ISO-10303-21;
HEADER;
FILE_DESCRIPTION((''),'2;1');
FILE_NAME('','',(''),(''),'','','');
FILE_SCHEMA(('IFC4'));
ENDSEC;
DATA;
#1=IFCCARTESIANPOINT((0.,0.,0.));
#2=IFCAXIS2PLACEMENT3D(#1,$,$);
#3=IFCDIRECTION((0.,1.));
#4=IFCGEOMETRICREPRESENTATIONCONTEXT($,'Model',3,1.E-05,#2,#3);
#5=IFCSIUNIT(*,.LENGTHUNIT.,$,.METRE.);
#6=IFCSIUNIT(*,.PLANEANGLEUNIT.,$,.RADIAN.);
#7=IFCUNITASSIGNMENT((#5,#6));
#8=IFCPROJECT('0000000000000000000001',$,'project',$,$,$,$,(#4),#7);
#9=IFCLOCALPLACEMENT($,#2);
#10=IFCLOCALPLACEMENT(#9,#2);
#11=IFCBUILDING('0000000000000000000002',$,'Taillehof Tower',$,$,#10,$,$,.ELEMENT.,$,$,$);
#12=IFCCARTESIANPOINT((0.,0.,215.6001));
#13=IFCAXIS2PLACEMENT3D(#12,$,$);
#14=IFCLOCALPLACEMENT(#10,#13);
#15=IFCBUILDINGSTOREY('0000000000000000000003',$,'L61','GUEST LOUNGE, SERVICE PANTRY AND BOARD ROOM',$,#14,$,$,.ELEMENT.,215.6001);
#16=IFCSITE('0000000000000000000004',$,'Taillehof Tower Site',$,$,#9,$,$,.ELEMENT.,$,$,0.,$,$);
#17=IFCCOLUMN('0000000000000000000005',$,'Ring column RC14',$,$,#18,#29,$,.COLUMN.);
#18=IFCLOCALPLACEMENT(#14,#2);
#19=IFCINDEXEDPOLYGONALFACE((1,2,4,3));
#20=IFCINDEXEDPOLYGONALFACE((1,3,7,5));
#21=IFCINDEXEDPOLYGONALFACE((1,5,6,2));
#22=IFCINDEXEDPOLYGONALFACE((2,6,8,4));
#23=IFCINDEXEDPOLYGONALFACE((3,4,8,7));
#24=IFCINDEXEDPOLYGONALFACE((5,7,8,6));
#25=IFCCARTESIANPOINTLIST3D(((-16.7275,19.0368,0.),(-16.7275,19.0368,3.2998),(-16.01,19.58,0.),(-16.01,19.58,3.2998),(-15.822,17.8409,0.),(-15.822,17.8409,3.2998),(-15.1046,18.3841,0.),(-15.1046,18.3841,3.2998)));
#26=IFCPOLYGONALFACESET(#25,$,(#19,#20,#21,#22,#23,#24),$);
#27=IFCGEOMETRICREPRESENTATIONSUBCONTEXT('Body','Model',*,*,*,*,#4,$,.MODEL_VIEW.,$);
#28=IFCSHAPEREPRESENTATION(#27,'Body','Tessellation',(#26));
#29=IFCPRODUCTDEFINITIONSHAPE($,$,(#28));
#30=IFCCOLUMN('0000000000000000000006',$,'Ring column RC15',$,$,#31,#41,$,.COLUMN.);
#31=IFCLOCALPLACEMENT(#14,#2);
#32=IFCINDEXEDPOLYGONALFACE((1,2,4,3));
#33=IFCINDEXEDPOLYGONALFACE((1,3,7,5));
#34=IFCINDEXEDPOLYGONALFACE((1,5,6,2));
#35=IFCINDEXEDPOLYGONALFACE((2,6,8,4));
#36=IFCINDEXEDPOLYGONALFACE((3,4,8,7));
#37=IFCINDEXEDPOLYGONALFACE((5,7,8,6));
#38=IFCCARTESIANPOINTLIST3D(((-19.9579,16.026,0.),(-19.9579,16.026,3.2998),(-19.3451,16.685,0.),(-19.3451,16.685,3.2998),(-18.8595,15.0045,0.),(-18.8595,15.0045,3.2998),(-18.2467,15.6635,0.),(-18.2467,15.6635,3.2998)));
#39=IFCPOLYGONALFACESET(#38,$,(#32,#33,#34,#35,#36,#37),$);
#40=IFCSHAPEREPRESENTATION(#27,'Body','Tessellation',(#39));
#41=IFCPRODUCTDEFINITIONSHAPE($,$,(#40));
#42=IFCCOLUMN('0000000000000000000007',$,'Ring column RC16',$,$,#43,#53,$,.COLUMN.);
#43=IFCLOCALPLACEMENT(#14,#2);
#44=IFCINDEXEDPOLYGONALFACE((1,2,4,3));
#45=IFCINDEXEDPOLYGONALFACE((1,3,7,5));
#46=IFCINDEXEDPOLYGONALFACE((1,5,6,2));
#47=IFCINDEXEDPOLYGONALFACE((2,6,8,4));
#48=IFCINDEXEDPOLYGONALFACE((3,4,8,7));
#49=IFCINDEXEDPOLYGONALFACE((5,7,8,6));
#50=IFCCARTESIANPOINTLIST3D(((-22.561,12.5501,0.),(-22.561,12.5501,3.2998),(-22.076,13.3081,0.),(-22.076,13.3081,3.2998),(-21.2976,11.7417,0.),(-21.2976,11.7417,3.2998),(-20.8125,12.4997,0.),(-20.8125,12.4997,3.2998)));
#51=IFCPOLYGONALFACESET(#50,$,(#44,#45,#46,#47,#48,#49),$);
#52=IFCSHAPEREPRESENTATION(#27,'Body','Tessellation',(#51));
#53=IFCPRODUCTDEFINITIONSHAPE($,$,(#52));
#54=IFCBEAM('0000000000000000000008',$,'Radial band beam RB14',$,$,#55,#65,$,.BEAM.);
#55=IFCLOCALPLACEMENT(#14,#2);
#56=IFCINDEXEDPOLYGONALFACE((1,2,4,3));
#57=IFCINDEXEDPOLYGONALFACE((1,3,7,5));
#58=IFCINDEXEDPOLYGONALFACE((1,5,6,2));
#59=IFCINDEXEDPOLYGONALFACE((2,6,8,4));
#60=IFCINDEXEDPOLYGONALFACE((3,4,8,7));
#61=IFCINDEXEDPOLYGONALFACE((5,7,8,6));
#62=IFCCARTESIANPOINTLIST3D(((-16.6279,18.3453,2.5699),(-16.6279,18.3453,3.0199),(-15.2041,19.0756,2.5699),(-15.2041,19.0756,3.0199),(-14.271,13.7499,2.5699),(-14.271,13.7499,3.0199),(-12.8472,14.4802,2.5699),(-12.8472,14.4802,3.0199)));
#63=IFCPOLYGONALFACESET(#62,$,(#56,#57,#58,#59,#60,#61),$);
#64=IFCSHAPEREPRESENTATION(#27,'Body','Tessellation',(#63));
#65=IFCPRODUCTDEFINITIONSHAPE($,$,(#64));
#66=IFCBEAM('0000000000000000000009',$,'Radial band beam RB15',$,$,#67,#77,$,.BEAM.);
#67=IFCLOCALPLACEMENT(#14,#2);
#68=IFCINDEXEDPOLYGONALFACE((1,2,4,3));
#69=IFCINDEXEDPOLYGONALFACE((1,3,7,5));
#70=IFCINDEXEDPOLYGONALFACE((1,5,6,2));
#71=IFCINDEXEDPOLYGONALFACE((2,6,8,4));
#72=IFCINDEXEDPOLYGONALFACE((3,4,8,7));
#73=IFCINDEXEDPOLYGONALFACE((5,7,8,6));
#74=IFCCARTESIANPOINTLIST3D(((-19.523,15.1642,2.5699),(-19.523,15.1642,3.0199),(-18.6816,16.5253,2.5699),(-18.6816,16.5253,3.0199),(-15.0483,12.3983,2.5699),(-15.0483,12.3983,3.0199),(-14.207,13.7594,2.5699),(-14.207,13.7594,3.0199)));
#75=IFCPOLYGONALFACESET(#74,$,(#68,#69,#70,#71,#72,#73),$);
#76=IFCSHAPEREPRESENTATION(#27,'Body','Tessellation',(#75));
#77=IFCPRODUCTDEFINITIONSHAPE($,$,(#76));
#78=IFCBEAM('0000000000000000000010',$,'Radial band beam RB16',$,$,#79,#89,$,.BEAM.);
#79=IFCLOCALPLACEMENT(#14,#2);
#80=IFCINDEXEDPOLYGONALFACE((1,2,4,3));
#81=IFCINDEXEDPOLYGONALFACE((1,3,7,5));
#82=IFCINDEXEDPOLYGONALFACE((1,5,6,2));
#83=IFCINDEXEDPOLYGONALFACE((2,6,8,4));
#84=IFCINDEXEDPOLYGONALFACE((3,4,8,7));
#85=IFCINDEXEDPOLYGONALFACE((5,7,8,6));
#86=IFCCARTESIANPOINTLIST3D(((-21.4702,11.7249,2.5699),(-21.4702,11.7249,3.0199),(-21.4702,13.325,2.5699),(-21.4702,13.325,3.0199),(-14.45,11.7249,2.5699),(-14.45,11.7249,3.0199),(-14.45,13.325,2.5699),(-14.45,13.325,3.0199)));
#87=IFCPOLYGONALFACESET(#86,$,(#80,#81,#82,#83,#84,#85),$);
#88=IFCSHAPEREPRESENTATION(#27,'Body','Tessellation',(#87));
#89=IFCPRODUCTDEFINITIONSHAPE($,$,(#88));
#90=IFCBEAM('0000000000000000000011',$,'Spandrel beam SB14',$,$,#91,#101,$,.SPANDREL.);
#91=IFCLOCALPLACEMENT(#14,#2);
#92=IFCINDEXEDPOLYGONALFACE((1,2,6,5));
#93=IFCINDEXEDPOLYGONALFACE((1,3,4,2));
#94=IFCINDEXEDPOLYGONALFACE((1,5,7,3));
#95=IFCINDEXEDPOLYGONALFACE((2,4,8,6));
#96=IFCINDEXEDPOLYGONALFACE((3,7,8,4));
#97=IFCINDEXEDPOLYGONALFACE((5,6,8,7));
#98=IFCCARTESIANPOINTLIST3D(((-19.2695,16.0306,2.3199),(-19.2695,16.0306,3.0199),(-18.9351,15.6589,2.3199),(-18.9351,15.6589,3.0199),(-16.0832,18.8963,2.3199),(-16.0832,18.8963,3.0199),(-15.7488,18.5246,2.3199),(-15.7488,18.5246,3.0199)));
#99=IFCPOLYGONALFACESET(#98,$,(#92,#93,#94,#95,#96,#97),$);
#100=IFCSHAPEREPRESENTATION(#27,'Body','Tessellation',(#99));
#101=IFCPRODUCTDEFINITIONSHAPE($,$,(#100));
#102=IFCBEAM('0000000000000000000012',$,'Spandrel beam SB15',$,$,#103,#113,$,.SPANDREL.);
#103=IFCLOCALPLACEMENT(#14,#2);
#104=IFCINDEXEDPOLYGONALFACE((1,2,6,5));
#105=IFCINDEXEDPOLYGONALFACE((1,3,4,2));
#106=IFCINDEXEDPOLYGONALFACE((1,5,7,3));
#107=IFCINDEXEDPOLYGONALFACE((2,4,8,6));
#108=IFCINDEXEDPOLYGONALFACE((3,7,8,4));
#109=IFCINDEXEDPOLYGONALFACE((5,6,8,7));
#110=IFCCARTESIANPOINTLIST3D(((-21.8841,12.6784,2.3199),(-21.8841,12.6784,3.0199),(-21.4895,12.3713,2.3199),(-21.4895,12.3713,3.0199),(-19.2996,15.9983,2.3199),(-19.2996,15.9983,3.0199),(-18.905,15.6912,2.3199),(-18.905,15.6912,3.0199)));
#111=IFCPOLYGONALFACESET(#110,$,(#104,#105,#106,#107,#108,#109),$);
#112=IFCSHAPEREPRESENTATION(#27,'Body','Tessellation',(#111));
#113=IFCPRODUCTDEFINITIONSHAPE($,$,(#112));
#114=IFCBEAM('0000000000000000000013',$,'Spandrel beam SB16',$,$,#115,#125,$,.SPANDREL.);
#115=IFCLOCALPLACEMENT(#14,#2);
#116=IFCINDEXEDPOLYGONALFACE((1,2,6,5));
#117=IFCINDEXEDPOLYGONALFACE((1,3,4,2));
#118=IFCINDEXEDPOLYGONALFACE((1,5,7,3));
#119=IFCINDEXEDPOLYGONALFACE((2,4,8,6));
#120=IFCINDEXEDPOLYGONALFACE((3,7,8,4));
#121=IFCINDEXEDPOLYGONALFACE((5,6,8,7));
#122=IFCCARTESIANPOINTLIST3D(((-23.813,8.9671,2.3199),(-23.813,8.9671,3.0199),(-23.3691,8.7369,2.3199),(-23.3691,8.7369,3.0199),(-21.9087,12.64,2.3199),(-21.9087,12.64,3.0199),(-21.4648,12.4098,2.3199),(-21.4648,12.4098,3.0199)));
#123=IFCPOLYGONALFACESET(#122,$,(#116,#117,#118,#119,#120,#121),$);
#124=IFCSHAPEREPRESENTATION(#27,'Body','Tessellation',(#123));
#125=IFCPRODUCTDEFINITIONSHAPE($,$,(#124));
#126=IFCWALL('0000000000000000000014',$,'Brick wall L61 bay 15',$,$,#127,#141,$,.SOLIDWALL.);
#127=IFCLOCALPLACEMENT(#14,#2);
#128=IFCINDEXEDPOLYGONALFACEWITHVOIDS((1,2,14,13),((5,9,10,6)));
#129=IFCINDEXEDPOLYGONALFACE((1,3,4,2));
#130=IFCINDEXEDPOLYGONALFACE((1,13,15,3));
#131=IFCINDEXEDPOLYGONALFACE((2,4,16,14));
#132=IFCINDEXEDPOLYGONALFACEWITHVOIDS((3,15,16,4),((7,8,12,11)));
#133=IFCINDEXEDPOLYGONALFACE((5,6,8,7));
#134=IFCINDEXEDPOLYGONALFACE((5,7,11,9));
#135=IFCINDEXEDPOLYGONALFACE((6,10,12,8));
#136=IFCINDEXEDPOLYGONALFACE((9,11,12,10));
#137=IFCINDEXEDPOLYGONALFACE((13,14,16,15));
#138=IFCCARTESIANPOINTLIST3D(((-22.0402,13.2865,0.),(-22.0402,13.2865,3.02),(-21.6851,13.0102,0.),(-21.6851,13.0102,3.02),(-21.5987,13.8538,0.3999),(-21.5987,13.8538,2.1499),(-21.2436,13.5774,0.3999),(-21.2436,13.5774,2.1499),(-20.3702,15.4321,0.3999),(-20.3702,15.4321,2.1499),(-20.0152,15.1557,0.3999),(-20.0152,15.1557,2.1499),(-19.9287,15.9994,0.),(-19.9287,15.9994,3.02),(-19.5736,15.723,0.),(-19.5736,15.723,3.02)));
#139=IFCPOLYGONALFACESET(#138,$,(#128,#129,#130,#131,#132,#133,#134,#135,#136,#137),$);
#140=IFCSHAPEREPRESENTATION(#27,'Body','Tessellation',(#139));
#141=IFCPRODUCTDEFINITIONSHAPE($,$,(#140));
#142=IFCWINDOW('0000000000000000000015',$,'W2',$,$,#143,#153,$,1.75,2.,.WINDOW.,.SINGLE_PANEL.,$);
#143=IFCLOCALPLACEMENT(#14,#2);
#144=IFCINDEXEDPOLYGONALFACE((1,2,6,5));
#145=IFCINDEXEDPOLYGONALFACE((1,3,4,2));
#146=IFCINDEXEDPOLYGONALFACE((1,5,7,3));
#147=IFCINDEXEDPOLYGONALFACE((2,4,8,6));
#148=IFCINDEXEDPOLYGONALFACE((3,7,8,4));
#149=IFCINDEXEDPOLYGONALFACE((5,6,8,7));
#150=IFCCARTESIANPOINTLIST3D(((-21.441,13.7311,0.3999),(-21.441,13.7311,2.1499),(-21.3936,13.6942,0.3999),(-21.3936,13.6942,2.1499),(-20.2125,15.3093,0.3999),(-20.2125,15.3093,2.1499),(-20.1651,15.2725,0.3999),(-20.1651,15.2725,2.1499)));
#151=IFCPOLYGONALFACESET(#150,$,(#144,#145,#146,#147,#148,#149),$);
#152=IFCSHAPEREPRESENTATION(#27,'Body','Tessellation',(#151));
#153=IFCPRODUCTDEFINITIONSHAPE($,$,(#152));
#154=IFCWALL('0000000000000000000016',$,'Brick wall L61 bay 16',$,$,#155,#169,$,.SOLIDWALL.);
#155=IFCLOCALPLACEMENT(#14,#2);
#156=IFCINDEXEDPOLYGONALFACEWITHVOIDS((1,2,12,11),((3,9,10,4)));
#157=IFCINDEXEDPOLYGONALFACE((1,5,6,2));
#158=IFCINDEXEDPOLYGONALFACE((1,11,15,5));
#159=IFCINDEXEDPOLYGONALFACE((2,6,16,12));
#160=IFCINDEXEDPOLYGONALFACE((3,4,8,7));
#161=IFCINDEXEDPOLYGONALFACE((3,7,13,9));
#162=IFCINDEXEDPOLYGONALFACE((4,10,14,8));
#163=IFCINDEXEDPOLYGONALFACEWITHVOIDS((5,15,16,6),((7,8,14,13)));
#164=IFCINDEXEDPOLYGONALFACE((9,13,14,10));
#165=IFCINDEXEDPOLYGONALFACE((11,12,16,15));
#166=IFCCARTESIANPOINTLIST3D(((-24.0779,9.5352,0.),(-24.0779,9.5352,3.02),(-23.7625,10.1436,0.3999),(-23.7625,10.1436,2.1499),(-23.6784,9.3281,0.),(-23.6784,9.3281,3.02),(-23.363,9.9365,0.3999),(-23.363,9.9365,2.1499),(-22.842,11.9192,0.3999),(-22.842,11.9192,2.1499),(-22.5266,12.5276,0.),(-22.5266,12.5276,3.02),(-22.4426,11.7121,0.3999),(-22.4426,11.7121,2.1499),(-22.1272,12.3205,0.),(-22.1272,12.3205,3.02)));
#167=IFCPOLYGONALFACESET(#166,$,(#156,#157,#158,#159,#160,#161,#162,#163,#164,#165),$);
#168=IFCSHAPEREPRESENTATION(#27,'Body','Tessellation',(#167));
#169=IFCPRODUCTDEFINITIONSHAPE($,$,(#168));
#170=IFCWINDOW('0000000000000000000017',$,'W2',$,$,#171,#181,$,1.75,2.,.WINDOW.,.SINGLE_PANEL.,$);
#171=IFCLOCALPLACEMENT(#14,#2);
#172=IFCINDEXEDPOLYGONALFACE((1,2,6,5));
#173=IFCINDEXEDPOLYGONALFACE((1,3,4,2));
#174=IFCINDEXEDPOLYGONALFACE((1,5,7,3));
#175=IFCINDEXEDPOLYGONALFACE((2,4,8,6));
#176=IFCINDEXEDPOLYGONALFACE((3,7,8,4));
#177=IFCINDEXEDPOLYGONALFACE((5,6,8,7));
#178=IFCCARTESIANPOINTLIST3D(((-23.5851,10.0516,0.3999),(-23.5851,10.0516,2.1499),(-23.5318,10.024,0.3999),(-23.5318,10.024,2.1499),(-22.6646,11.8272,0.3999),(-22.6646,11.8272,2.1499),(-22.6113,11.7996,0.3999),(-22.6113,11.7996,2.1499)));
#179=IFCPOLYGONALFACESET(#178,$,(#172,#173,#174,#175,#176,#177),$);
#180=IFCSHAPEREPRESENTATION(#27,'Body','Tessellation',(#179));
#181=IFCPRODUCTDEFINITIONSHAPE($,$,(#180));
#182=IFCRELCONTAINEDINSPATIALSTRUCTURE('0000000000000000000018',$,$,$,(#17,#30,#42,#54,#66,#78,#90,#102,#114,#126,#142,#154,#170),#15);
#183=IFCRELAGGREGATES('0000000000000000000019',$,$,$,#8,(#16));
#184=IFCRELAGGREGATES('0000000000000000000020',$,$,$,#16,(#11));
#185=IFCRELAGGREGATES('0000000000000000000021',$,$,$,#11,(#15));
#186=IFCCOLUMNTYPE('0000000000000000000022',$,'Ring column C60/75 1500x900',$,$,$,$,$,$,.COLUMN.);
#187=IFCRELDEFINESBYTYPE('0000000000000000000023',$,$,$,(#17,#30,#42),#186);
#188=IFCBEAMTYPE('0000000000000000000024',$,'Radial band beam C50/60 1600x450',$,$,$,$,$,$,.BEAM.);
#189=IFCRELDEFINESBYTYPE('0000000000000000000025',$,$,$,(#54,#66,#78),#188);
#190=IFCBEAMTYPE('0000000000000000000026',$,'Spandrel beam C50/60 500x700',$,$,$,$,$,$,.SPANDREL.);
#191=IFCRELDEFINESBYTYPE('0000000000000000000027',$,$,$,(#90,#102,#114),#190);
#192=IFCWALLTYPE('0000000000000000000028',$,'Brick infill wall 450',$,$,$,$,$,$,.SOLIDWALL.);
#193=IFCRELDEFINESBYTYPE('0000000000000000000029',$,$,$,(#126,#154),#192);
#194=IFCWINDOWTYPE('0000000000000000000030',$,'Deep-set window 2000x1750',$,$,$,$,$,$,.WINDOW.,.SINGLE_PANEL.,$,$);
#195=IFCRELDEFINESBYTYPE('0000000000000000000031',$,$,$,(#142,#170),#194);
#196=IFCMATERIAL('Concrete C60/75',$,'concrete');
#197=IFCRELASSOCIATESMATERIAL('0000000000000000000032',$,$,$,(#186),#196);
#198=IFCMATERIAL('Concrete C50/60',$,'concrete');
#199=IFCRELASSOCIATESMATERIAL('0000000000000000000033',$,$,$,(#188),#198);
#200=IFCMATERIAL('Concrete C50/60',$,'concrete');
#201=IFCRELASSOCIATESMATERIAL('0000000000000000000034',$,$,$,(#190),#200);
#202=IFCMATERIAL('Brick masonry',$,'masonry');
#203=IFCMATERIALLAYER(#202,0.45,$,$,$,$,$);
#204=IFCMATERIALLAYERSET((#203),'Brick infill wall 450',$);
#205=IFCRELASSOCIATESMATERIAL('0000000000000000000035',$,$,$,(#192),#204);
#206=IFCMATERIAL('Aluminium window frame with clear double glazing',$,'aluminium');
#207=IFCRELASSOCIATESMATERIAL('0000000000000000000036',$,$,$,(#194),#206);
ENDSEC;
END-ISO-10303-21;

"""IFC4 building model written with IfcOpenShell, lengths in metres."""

from ifc_helpers import new_model, si_unit, direction, frame, frame_2d, origin, origin_2d, place, context, subcontext, project, spatial, rectangle, extrude, material, layer, layer_set, material_profile, profile_set, type_object, element, fill, save


model = new_model("IFC4")

# Units and contexts
model_context = context("Model", 3, precision=1e-05, world=origin(), true_north=direction((0.0, 1.0)))
body_context = subcontext(model_context, "Body", "Model", "MODEL_VIEW")
ifc_project = project(units=[si_unit("LENGTHUNIT", "METRE"), si_unit("PLANEANGLEUNIT", "RADIAN")], contexts=[model_context])

# Site, building, storey
site_placement = place(None, origin())
site = spatial("IfcSite", under=ifc_project, at=site_placement, Name="Taillehof Tower Site", CompositionType="ELEMENT", RefElevation=0.0)
building_placement = place(site_placement, origin())
building = spatial("IfcBuilding", under=site, at=building_placement, Name="Taillehof Tower", CompositionType="ELEMENT")
storey_placement = place(building_placement, frame((0.0, 0.0, 215.6001)))
storey = spatial("IfcBuildingStorey", under=building, at=storey_placement, Name="L61", Description="GUEST LOUNGE, SERVICE PANTRY AND BOARD ROOM", CompositionType="ELEMENT", Elevation=215.6001)

# Columns
ifc_material_1 = material(Name="Concrete C60/75", Category="concrete")
ifc_material_profile_1 = material_profile(ifc_material_1, rectangle(XDim=1.5, YDim=0.8999, at=origin_2d()), Name="RC 1500x900")
ifc_profile_set_1 = profile_set([ifc_material_profile_1], Name="Concrete C60/75")
column_type = type_object("IfcColumnType", Name="Ring column C60/75 1500x900", PredefinedType="COLUMN", material=ifc_profile_set_1)
for number, where, z_axis, x_axis, name in (
    (1, (-15.916, 18.7104, 0.0), (0.0, 0.0, 1.0), (-0.603608, 0.797281, 0.0), "Ring column RC14"),
    (2, (-19.1023, 15.8447, 0.0), (0.0, 0.0, 1.0), (-0.732271, 0.681013, 0.0), "Ring column RC15"),
    (3, (-21.6868, 12.5249, 0.0), (0.0, 0.0, 1.0), (-0.842311, 0.538992, 0.0), "Ring column RC16"),
):
    element("IfcColumn", number, at=place(storey_placement, frame(where, z_axis=z_axis, x_axis=x_axis)), inside=storey, type_object=column_type, Name=name, PredefinedType="COLUMN", context=body_context, shape_type="SweptSolid", body=[
        extrude(rectangle(XDim=1.5, YDim=0.8999, at=origin_2d()), origin(), (0.0, 0.0, 1.0), 3.2998),
    ])

# Beams
ifc_material_2 = material(Name="Concrete C50/60", Category="concrete")
ifc_material_profile_2 = material_profile(ifc_material_2, rectangle(XDim=1.6001, YDim=0.45, at=origin_2d()), Name="RC 1600x450")
ifc_profile_set_2 = profile_set([ifc_material_profile_2], Name="Concrete C50/60")
beam_type_1 = type_object("IfcBeamType", Name="Radial band beam C50/60 1600x450", PredefinedType="BEAM", material=ifc_profile_set_2)
beam_1_placement = place(storey_placement, frame((-15.916, 18.7104, 2.7949), z_axis=(0.456361, -0.889795, 0.0), x_axis=(0.889795, 0.456361, 0.0)))
element("IfcBeam", 4, at=beam_1_placement, inside=storey, type_object=beam_type_1, Name="Radial band beam RB14", PredefinedType="BEAM", context=body_context, shape_type="SweptSolid", body=[
    extrude(rectangle(XDim=1.6001, YDim=0.45, at=origin_2d()), origin(), (0.0, 0.0, 1.0), 5.1646),
])
beam_2_placement = place(storey_placement, frame((-19.1023, 15.8447, 2.7949), z_axis=(0.850616, -0.525787, 0.0), x_axis=(0.525787, 0.850616, 0.0)))
element("IfcBeam", 5, at=beam_2_placement, inside=storey, type_object=beam_type_1, Name="Radial band beam RB15", PredefinedType="BEAM", context=body_context, shape_type="SweptSolid", body=[
    extrude(rectangle(XDim=1.6001, YDim=0.45, at=origin_2d()), origin(), (0.0, 0.0, 1.0), 5.2605),
])
beam_3_placement = place(storey_placement, frame((-21.4702, 12.5249, 2.7949), z_axis=(1.0, 0.0, 0.0), x_axis=(0.0, 1.0, 0.0)))
element("IfcBeam", 6, at=beam_3_placement, inside=storey, type_object=beam_type_1, Name="Radial band beam RB16", PredefinedType="BEAM", context=body_context, shape_type="SweptSolid", body=[
    extrude(rectangle(XDim=1.6001, YDim=0.45, at=origin_2d()), origin(), (0.0, 0.0, 1.0), 7.0203),
])
ifc_material_3 = material(Name="Concrete C50/60", Category="concrete")
ifc_material_profile_3 = material_profile(ifc_material_3, rectangle(XDim=0.5, YDim=0.7, at=origin_2d()), Name="RC 500x700")
ifc_profile_set_3 = profile_set([ifc_material_profile_3], Name="Concrete C50/60")
beam_type_2 = type_object("IfcBeamType", Name="Spandrel beam C50/60 500x700", PredefinedType="SPANDREL", material=ifc_profile_set_3)
beam_4_placement = place(storey_placement, frame((-15.916, 18.7104, 2.6699), z_axis=(-0.743518, -0.668716, 0.0), x_axis=(0.668716, -0.743518, 0.0)))
element("IfcBeam", 7, at=beam_4_placement, inside=storey, type_object=beam_type_2, Name="Spandrel beam SB14", PredefinedType="SPANDREL", context=body_context, shape_type="SweptSolid", body=[
    extrude(rectangle(XDim=0.5, YDim=0.7, at=origin_2d()), origin(), (0.0, 0.0, 1.0), 4.2854),
])
beam_5_placement = place(storey_placement, frame((-19.1023, 15.8447, 2.6699), z_axis=(-0.614294, -0.789077, 0.0), x_axis=(0.789077, -0.614294, 0.0)))
element("IfcBeam", 8, at=beam_5_placement, inside=storey, type_object=beam_type_2, Name="Spandrel beam SB15", PredefinedType="SPANDREL", context=body_context, shape_type="SweptSolid", body=[
    extrude(rectangle(XDim=0.5, YDim=0.7, at=origin_2d()), origin(), (0.0, 0.0, 1.0), 4.2073),
])
beam_6_placement = place(storey_placement, frame((-21.6868, 12.5249, 2.6699), z_axis=(-0.46029, -0.887769, 0.0), x_axis=(0.887769, -0.46029, 0.0)))
element("IfcBeam", 9, at=beam_6_placement, inside=storey, type_object=beam_type_2, Name="Spandrel beam SB16", PredefinedType="SPANDREL", context=body_context, shape_type="SweptSolid", body=[
    extrude(rectangle(XDim=0.5, YDim=0.7, at=origin_2d()), origin(), (0.0, 0.0, 1.0), 4.1372),
])

# Walls, openings, windows
ifc_material_4 = material(Name="Brick masonry", Category="masonry")
ifc_layer_1 = layer(ifc_material_4, 0.45)
ifc_layer_set_1 = layer_set([ifc_layer_1], Name="Brick infill wall 450")
wall_type_1 = type_object("IfcWallType", Name="Brick infill wall 450", PredefinedType="SOLIDWALL", material=ifc_layer_set_1)
wall_1_placement = place(storey_placement, frame((-19.7512, 15.8611, 0.0), z_axis=(0.0, 0.0, 1.0), x_axis=(-0.614221, -0.789134, 0.0)))
wall_1 = element("IfcWall", 10, at=wall_1_placement, inside=storey, type_object=wall_type_1, Name="Brick wall L61 bay 15", PredefinedType="SOLIDWALL", context=body_context, shape_type="SweptSolid", body=[
    extrude(rectangle(XDim=3.4377, YDim=0.45, at=frame_2d((1.7188, 0.0))), origin(), (0.0, 0.0, 1.0), 3.02),
])
opening_1_placement = place(wall_1_placement, frame((0.7188, 0.0, 0.3999)))
opening_1 = element("IfcOpeningElement", 11, at=opening_1_placement, cuts=wall_1, PredefinedType="OPENING", context=body_context, shape_type="SweptSolid", body=[
    extrude(rectangle(XDim=2.0, YDim=1.75, at=frame_2d((1.0, 0.875))), frame((0.0, 0.2349, 0.0), z_axis=(0.0, -1.0, 0.0), x_axis=(1.0, 0.0, 0.0)), (0.0, 0.0, 1.0), 0.47),
])
ifc_material_5 = material(Name="Aluminium window frame with clear double glazing", Category="aluminium")
window_type_1 = type_object("IfcWindowType", Name="Deep-set window 2000x1750", PartitioningType="SINGLE_PANEL", PredefinedType="WINDOW", material=ifc_material_5)
window_1_placement = place(opening_1_placement, origin())
window_1 = element("IfcWindow", 12, at=window_1_placement, inside=storey, type_object=window_type_1, Name="W2", OverallHeight=1.75, OverallWidth=2.0, PartitioningType="SINGLE_PANEL", PredefinedType="WINDOW", context=body_context, shape_type="SweptSolid", body=[
    extrude(rectangle(XDim=2.0, YDim=1.75, at=frame_2d((1.0, 0.875))), frame((0.0, 0.0349, 0.0), z_axis=(0.0, -1.0, 0.0), x_axis=(1.0, 0.0, 0.0)), (0.0, 0.0, 1.0), 0.0601),
])
fill(opening_1, window_1)
wall_2_placement = place(storey_placement, frame((-22.3269, 12.4241, 0.0), z_axis=(0.0, 0.0, 1.0), x_axis=(-0.460233, -0.887798, 0.0)))
wall_2 = element("IfcWall", 13, at=wall_2_placement, inside=storey, type_object=wall_type_1, Name="Brick wall L61 bay 16", PredefinedType="SOLIDWALL", context=body_context, shape_type="SweptSolid", body=[
    extrude(rectangle(XDim=3.3706, YDim=0.45, at=frame_2d((1.6853, 0.0))), origin(), (0.0, 0.0, 1.0), 3.02),
])
opening_2_placement = place(wall_2_placement, frame((0.6853, 0.0, 0.3999)))
opening_2 = element("IfcOpeningElement", 14, at=opening_2_placement, cuts=wall_2, PredefinedType="OPENING", context=body_context, shape_type="SweptSolid", body=[
    extrude(rectangle(XDim=2.0, YDim=1.75, at=frame_2d((1.0, 0.875))), frame((0.0, 0.2349, 0.0), z_axis=(0.0, -1.0, 0.0), x_axis=(1.0, 0.0, 0.0)), (0.0, 0.0, 1.0), 0.47),
])
window_2_placement = place(opening_2_placement, origin())
window_2 = element("IfcWindow", 15, at=window_2_placement, inside=storey, type_object=window_type_1, Name="W2", OverallHeight=1.75, OverallWidth=2.0, PartitioningType="SINGLE_PANEL", PredefinedType="WINDOW", context=body_context, shape_type="SweptSolid", body=[
    extrude(rectangle(XDim=2.0, YDim=1.75, at=frame_2d((1.0, 0.875))), frame((0.0, 0.0349, 0.0), z_axis=(0.0, -1.0, 0.0), x_axis=(1.0, 0.0, 0.0)), (0.0, 0.0, 1.0), 0.0601),
])
fill(opening_2, window_2)

save(model, "model.ifc")
